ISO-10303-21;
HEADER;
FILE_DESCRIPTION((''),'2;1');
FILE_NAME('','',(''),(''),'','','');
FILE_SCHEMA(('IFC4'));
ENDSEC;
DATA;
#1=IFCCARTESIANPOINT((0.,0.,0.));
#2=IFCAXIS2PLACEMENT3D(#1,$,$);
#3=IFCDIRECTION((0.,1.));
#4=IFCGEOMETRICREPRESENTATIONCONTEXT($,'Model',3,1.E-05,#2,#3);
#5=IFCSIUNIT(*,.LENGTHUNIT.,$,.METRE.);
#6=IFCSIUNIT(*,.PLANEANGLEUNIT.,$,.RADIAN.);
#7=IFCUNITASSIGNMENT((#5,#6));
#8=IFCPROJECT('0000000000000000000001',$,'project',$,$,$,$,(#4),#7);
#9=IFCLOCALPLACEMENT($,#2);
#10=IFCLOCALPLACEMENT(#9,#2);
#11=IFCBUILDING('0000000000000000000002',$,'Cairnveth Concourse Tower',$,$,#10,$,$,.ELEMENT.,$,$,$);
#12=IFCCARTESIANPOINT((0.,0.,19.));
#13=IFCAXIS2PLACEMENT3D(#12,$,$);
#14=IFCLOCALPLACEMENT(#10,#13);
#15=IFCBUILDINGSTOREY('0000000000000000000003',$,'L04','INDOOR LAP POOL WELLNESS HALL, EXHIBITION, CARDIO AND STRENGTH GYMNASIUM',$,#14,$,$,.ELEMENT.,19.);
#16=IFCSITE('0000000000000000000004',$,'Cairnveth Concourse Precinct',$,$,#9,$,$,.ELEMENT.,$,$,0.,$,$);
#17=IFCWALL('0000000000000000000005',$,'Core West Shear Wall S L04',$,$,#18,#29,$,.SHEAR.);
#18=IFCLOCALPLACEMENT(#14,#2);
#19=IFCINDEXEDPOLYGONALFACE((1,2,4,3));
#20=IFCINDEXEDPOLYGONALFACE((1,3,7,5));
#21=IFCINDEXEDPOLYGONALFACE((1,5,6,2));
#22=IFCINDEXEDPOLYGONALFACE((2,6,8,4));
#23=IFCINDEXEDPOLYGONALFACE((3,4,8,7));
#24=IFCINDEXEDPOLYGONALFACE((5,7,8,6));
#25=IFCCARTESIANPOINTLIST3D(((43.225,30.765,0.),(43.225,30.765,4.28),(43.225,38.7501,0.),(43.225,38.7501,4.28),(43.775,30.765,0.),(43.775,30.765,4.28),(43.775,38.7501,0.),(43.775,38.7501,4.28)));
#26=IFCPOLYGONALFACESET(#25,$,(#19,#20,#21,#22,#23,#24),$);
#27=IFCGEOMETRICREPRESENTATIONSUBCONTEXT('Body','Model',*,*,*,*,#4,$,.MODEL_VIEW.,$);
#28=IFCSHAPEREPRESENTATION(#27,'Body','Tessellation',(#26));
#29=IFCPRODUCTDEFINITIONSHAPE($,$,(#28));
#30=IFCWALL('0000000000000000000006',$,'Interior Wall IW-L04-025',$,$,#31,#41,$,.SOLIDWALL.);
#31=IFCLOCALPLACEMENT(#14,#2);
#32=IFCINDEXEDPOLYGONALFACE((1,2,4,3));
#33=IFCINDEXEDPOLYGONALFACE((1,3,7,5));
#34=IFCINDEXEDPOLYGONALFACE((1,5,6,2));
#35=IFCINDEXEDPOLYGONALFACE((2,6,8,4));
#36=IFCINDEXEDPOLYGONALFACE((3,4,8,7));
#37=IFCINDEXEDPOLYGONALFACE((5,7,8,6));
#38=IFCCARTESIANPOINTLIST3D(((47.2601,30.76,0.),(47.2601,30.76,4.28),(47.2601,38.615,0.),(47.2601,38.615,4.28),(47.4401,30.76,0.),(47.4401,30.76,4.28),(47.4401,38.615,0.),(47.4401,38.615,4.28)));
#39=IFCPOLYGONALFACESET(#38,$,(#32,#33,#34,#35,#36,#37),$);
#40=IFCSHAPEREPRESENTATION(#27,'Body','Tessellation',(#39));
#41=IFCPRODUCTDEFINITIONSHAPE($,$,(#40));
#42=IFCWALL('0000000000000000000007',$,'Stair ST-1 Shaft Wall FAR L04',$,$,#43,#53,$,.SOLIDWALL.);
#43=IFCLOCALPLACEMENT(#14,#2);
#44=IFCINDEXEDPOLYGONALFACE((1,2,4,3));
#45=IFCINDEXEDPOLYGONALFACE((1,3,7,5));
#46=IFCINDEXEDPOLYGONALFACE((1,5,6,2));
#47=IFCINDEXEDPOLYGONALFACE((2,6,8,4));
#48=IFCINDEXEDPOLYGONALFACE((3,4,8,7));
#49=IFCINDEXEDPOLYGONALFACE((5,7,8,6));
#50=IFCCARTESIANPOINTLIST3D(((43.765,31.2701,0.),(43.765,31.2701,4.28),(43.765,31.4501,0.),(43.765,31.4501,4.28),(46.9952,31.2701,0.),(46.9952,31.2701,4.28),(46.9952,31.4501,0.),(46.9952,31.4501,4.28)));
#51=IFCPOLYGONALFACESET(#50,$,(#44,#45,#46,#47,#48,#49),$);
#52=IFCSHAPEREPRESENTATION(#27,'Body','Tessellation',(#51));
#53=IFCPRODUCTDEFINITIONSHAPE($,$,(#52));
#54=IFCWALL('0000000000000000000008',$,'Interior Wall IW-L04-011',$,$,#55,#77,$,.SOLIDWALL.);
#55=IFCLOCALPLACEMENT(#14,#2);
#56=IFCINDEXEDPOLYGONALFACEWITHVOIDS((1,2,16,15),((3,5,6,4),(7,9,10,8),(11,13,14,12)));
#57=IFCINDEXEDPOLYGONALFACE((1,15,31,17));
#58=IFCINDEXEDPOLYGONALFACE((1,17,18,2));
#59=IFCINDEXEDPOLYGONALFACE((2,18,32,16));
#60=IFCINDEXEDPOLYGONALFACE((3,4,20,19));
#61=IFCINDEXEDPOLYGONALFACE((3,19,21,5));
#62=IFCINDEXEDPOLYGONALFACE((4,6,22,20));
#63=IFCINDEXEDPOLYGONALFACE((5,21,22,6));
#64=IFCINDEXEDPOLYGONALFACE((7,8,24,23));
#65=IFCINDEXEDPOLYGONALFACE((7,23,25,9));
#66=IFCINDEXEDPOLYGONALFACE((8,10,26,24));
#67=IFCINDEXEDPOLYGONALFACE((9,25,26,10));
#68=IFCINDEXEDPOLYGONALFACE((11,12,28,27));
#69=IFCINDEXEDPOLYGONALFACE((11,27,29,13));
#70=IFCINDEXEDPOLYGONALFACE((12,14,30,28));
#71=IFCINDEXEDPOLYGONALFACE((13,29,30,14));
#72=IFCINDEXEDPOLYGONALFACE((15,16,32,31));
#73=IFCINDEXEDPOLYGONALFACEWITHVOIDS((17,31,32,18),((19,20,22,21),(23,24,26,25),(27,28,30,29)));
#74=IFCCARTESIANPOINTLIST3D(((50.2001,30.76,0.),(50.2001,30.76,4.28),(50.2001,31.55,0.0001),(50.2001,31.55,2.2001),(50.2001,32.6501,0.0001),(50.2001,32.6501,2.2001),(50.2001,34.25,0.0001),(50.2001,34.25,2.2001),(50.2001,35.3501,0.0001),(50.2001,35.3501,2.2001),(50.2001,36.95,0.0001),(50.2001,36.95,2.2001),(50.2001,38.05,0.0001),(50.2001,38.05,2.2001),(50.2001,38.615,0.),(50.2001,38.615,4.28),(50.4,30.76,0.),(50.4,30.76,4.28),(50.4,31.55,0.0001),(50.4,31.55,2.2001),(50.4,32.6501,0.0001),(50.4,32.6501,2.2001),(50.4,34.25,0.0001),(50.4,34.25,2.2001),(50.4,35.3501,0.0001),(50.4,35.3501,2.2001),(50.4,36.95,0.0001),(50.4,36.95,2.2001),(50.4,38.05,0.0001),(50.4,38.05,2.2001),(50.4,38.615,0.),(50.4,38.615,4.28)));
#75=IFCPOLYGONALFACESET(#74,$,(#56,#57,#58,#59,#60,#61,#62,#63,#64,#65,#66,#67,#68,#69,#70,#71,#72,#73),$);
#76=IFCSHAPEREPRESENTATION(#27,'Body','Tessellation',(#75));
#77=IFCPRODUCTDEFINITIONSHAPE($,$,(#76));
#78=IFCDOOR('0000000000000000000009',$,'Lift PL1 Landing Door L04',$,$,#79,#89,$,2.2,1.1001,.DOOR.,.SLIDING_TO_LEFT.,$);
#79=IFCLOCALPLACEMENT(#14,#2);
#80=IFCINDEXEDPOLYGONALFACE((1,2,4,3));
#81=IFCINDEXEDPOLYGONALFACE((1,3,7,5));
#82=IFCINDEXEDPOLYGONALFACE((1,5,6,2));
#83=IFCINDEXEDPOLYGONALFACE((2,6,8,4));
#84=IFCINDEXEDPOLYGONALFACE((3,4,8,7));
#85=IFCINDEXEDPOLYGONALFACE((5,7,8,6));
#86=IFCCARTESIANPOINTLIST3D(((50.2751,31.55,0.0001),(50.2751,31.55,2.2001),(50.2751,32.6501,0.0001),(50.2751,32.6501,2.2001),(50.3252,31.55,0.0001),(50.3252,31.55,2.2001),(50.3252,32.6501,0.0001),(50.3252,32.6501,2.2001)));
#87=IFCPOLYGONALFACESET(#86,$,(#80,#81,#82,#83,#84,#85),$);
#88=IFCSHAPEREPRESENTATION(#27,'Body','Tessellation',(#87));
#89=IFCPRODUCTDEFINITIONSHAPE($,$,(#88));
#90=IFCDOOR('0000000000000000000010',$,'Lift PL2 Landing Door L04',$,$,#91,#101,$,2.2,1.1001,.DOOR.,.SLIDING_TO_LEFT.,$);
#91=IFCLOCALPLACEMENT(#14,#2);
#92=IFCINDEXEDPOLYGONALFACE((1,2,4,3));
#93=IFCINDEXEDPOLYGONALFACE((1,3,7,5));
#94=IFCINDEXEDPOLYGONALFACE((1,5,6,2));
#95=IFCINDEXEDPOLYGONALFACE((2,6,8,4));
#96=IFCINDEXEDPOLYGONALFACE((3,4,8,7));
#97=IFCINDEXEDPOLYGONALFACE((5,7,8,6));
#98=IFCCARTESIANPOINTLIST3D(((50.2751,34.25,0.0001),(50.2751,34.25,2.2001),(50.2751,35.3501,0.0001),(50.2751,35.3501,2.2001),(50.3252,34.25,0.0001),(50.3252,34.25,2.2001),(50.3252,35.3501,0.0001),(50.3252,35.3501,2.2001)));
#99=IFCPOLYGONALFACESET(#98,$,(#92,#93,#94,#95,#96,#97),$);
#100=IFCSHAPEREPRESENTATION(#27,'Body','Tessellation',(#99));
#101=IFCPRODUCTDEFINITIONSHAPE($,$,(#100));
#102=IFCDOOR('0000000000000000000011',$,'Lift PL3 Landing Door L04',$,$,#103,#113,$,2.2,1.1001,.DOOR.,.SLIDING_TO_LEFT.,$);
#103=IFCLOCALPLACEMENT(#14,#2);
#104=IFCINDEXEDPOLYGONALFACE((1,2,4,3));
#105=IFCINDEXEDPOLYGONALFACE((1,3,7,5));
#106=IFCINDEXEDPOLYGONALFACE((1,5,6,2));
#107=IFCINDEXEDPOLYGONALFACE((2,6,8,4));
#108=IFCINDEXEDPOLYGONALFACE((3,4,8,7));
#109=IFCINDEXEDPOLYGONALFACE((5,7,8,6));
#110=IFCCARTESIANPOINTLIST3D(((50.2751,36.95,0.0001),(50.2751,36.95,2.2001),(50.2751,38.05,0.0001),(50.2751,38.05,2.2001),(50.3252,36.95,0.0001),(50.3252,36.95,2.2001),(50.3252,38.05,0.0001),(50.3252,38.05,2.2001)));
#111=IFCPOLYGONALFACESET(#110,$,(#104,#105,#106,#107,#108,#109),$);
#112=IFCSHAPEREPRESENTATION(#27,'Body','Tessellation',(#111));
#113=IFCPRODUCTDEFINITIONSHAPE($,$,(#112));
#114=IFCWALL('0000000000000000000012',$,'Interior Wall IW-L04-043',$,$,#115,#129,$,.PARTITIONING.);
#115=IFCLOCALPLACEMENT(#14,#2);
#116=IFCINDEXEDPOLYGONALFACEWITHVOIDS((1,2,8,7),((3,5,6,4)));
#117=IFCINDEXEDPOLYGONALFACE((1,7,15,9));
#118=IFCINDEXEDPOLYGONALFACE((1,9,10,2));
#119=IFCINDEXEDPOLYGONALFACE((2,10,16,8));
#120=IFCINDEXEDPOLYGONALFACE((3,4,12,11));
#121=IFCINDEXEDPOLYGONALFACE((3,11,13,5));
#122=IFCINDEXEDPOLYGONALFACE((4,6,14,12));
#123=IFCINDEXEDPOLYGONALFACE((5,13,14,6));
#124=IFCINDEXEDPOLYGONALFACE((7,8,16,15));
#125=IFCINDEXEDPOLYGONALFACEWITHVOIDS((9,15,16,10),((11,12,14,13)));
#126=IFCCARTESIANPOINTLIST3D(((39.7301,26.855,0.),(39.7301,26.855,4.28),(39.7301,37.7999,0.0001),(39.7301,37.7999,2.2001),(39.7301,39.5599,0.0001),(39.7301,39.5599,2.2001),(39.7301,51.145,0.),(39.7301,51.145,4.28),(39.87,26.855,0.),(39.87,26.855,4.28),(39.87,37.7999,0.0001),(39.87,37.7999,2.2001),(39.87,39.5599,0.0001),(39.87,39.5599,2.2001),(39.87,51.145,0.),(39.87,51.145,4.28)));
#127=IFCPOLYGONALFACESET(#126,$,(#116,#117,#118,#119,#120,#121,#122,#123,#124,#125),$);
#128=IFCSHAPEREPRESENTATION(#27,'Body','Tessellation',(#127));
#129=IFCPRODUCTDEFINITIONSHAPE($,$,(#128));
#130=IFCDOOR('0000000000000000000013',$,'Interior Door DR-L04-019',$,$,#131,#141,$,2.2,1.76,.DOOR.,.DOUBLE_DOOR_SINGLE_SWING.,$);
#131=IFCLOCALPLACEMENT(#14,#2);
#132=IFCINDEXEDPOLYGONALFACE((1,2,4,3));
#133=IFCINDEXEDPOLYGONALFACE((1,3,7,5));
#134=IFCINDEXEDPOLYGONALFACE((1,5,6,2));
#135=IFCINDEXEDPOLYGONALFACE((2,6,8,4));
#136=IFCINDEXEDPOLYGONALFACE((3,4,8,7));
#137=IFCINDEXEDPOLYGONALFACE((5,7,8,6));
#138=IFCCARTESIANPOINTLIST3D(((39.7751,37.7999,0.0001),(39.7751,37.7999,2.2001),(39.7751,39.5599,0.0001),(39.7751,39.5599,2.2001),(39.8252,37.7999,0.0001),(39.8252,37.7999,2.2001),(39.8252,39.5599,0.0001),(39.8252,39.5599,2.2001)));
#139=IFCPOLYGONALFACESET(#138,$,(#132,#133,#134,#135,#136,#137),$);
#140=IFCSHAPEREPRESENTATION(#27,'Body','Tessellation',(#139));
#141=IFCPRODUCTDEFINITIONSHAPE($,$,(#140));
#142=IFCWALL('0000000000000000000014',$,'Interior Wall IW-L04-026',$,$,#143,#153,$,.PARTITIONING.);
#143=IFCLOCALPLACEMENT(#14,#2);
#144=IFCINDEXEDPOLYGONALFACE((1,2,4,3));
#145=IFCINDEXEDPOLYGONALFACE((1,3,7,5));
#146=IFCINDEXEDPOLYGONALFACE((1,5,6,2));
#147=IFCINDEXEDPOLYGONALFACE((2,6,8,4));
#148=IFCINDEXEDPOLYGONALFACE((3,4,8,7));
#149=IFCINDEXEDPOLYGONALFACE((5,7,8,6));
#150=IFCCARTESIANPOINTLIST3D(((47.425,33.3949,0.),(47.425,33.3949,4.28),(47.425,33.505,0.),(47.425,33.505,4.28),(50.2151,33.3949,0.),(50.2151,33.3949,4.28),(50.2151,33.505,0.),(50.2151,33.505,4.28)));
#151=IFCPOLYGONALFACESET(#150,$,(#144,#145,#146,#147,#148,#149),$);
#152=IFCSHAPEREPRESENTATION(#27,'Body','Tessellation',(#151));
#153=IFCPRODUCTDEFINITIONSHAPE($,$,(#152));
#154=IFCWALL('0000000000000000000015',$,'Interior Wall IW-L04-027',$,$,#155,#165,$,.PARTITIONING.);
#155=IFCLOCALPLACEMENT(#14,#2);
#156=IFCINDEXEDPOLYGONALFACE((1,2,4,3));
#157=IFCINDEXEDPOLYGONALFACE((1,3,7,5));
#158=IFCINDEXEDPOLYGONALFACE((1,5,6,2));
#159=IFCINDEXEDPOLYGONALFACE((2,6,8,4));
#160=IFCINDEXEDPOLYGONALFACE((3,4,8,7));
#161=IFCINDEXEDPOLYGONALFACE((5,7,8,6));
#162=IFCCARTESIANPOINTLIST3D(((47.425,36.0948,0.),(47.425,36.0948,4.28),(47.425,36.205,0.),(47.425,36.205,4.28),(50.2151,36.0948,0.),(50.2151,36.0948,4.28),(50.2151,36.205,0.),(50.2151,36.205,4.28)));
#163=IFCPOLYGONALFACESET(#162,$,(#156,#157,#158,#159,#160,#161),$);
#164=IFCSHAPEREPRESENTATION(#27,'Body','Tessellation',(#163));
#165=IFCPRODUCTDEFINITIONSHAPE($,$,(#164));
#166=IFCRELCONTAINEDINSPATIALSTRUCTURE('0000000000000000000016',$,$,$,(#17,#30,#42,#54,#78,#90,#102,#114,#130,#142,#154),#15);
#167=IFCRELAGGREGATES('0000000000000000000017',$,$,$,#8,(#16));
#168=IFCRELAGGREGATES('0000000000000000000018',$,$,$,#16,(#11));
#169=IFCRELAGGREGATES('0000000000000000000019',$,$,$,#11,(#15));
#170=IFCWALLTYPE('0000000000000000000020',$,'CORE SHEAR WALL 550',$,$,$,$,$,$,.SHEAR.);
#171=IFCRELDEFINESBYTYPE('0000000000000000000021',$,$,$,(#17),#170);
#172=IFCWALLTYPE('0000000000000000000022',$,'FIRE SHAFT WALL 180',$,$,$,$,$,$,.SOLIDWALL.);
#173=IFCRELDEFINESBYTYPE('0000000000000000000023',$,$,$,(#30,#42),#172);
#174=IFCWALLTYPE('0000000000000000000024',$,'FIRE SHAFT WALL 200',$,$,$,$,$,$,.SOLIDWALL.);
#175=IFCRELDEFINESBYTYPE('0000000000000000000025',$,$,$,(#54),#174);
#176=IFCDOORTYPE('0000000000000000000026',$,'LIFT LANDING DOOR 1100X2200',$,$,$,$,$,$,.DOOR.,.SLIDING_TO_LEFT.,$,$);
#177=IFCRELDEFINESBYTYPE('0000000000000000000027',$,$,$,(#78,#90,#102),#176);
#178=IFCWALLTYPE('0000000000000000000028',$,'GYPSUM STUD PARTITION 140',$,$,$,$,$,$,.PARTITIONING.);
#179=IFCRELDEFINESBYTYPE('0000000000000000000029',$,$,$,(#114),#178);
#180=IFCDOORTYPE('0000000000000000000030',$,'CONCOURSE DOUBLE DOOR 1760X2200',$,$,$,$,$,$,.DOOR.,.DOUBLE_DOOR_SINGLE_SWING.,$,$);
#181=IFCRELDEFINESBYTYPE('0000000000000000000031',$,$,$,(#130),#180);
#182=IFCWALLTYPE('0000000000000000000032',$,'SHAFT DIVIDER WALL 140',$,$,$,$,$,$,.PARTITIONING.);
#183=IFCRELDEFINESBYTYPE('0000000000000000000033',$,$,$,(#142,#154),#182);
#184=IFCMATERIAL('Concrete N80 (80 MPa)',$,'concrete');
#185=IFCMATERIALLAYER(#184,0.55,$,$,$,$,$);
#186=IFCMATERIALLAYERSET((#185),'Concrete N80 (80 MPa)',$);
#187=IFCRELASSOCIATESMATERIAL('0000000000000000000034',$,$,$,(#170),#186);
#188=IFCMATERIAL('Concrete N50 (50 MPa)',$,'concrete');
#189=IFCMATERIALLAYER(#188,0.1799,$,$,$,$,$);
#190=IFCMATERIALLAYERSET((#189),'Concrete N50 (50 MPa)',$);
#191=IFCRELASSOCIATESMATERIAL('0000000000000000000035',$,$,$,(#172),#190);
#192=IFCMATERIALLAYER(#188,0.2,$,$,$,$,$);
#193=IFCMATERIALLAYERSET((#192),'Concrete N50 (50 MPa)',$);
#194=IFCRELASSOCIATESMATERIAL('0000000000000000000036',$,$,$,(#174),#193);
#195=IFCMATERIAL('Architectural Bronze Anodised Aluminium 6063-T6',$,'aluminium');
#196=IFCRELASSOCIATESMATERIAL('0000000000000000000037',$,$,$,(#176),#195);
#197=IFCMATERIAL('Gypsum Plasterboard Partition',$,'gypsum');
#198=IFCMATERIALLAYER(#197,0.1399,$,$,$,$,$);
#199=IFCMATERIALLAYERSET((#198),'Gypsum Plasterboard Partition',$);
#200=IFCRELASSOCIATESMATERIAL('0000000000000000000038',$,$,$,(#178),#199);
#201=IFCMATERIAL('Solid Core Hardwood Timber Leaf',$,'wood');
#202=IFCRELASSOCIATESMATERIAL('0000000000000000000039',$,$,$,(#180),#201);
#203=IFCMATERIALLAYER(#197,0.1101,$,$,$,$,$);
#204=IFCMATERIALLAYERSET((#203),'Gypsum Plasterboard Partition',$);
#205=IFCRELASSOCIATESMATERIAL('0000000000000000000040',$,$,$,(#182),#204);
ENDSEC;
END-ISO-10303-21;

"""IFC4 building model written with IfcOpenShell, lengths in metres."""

from ifc_helpers import new_model, si_unit, direction, frame, frame_2d, origin, place, context, subcontext, project, spatial, rectangle, extrude, material, layer, layer_set, type_object, element, fill, save


model = new_model("IFC4")

# Units and contexts
model_context = context("Model", 3, precision=1e-05, world=origin(), true_north=direction((0.0, 1.0)))
body_context = subcontext(model_context, "Body", "Model", "MODEL_VIEW")
ifc_project = project(units=[si_unit("LENGTHUNIT", "METRE"), si_unit("PLANEANGLEUNIT", "RADIAN")], contexts=[model_context])

# Site, building, storey
site_placement = place(None, origin())
site = spatial("IfcSite", under=ifc_project, at=site_placement, Name="Cairnveth Concourse Precinct", CompositionType="ELEMENT", RefElevation=0.0)
building_placement = place(site_placement, origin())
building = spatial("IfcBuilding", under=site, at=building_placement, Name="Cairnveth Concourse Tower", CompositionType="ELEMENT")
storey_placement = place(building_placement, frame((0.0, 0.0, 19.0)))
storey = spatial("IfcBuildingStorey", under=building, at=storey_placement, Name="L04", Description="INDOOR LAP POOL WELLNESS HALL, EXHIBITION, CARDIO AND STRENGTH GYMNASIUM", CompositionType="ELEMENT", Elevation=19.0)

# Shared definitions
ifc_material_1 = material(Name="Concrete N80 (80 MPa)", Category="concrete")

# Walls
ifc_layer_1 = layer(ifc_material_1, 0.55)
ifc_layer_set_1 = layer_set([ifc_layer_1], Name="Concrete N80 (80 MPa)")
wall_type_1 = type_object("IfcWallType", Name="CORE SHEAR WALL 550", PredefinedType="SHEAR", material=ifc_layer_set_1)
wall_1_placement = place(storey_placement, frame((43.5, 30.7649, 0.0), z_axis=(0.0, 0.0, 1.0), x_axis=(0.0, 1.0, 0.0)))
element("IfcWall", 1, at=wall_1_placement, inside=storey, type_object=wall_type_1, Name="Core West Shear Wall S L04", PredefinedType="SHEAR", context=body_context, shape_type="SweptSolid", body=[
    extrude(rectangle(XDim=7.9851, YDim=0.55, at=frame_2d((3.9927, 0.0))), origin(), (0.0, 0.0, 1.0), 4.28),
])
ifc_material_2 = material(Name="Concrete N50 (50 MPa)", Category="concrete")
ifc_layer_2 = layer(ifc_material_2, 0.1799)
ifc_layer_set_2 = layer_set([ifc_layer_2], Name="Concrete N50 (50 MPa)")
wall_type_2 = type_object("IfcWallType", Name="FIRE SHAFT WALL 180", PredefinedType="SOLIDWALL", material=ifc_layer_set_2)
wall_2_placement = place(storey_placement, frame((47.3501, 30.76, 0.0), z_axis=(0.0, 0.0, 1.0), x_axis=(0.0, 1.0, 0.0)))
element("IfcWall", 2, at=wall_2_placement, inside=storey, type_object=wall_type_2, Name="Interior Wall IW-L04-025", PredefinedType="SOLIDWALL", context=body_context, shape_type="SweptSolid", body=[
    extrude(rectangle(XDim=7.855, YDim=0.1799, at=frame_2d((3.9275, 0.0))), origin(), (0.0, 0.0, 1.0), 4.28),
])
wall_3_placement = place(storey_placement, frame((43.7649, 31.3601, 0.0), z_axis=(0.0, 0.0, 1.0), x_axis=(1.0, 0.0, 0.0)))
element("IfcWall", 3, at=wall_3_placement, inside=storey, type_object=wall_type_2, Name="Stair ST-1 Shaft Wall FAR L04", PredefinedType="SOLIDWALL", context=body_context, shape_type="SweptSolid", body=[
    extrude(rectangle(XDim=3.2302, YDim=0.1799, at=frame_2d((1.6152, 0.0))), origin(), (0.0, 0.0, 1.0), 4.28),
])

# Wall, openings, doors
ifc_layer_3 = layer(ifc_material_2, 0.2)
ifc_layer_set_3 = layer_set([ifc_layer_3], Name="Concrete N50 (50 MPa)")
wall_type_3 = type_object("IfcWallType", Name="FIRE SHAFT WALL 200", PredefinedType="SOLIDWALL", material=ifc_layer_set_3)
wall_4_placement = place(storey_placement, frame((50.3, 30.76, 0.0), z_axis=(0.0, 0.0, 1.0), x_axis=(0.0, 1.0, 0.0)))
wall_4 = element("IfcWall", 4, at=wall_4_placement, inside=storey, type_object=wall_type_3, Name="Interior Wall IW-L04-011", PredefinedType="SOLIDWALL", context=body_context, shape_type="SweptSolid", body=[
    extrude(rectangle(XDim=7.855, YDim=0.2, at=frame_2d((3.9275, 0.0))), origin(), (0.0, 0.0, 1.0), 4.28),
])
opening_1_placement = place(wall_4_placement, frame((0.79, 0.0, 0.0)))
opening_1 = element("IfcOpeningElement", 5, at=opening_1_placement, cuts=wall_4, PredefinedType="OPENING", context=body_context, shape_type="SweptSolid", body=[
    extrude(rectangle(XDim=1.1001, YDim=2.2, at=frame_2d((0.55, 1.1001))), frame((0.0, 0.1099, 0.0), z_axis=(0.0, -1.0, 0.0), x_axis=(1.0, 0.0, 0.0)), (0.0, 0.0, 1.0), 0.22),
])
opening_2_placement = place(wall_4_placement, frame((3.49, 0.0, 0.0)))
opening_2 = element("IfcOpeningElement", 6, at=opening_2_placement, cuts=wall_4, PredefinedType="OPENING", context=body_context, shape_type="SweptSolid", body=[
    extrude(rectangle(XDim=1.1001, YDim=2.2, at=frame_2d((0.55, 1.1001))), frame((0.0, 0.1099, 0.0), z_axis=(0.0, -1.0, 0.0), x_axis=(1.0, 0.0, 0.0)), (0.0, 0.0, 1.0), 0.22),
])
opening_3_placement = place(wall_4_placement, frame((6.1899, 0.0, 0.0)))
opening_3 = element("IfcOpeningElement", 7, at=opening_3_placement, cuts=wall_4, PredefinedType="OPENING", context=body_context, shape_type="SweptSolid", body=[
    extrude(rectangle(XDim=1.1001, YDim=2.2, at=frame_2d((0.55, 1.1001))), frame((0.0, 0.1099, 0.0), z_axis=(0.0, -1.0, 0.0), x_axis=(1.0, 0.0, 0.0)), (0.0, 0.0, 1.0), 0.22),
])
ifc_material_3 = material(Name="Architectural Bronze Anodised Aluminium 6063-T6", Category="aluminium")
door_type_1 = type_object("IfcDoorType", Name="LIFT LANDING DOOR 1100X2200", OperationType="SLIDING_TO_LEFT", PredefinedType="DOOR", material=ifc_material_3)
door_1_placement = place(opening_1_placement, origin())
door_1 = element("IfcDoor", 8, at=door_1_placement, inside=storey, type_object=door_type_1, Name="Lift PL1 Landing Door L04", OperationType="SLIDING_TO_LEFT", OverallHeight=2.2, OverallWidth=1.1001, PredefinedType="DOOR", context=body_context, shape_type="SweptSolid", body=[
    extrude(rectangle(XDim=1.1001, YDim=2.2, at=frame_2d((0.55, 1.1001))), frame((0.0, 0.0249, 0.0), z_axis=(0.0, -1.0, 0.0), x_axis=(1.0, 0.0, 0.0)), (0.0, 0.0, 1.0), 0.05),
])
fill(opening_1, door_1)
door_2_placement = place(opening_2_placement, origin())
door_2 = element("IfcDoor", 9, at=door_2_placement, inside=storey, type_object=door_type_1, Name="Lift PL2 Landing Door L04", OperationType="SLIDING_TO_LEFT", OverallHeight=2.2, OverallWidth=1.1001, PredefinedType="DOOR", context=body_context, shape_type="SweptSolid", body=[
    extrude(rectangle(XDim=1.1001, YDim=2.2, at=frame_2d((0.55, 1.1001))), frame((0.0, 0.0249, 0.0), z_axis=(0.0, -1.0, 0.0), x_axis=(1.0, 0.0, 0.0)), (0.0, 0.0, 1.0), 0.05),
])
fill(opening_2, door_2)
door_3_placement = place(opening_3_placement, origin())
door_3 = element("IfcDoor", 10, at=door_3_placement, inside=storey, type_object=door_type_1, Name="Lift PL3 Landing Door L04", OperationType="SLIDING_TO_LEFT", OverallHeight=2.2, OverallWidth=1.1001, PredefinedType="DOOR", context=body_context, shape_type="SweptSolid", body=[
    extrude(rectangle(XDim=1.1001, YDim=2.2, at=frame_2d((0.55, 1.1001))), frame((0.0, 0.0249, 0.0), z_axis=(0.0, -1.0, 0.0), x_axis=(1.0, 0.0, 0.0)), (0.0, 0.0, 1.0), 0.05),
])
fill(opening_3, door_3)

# Wall, opening, door
ifc_material_4 = material(Name="Gypsum Plasterboard Partition", Category="gypsum")
ifc_layer_4 = layer(ifc_material_4, 0.1399)
ifc_layer_set_4 = layer_set([ifc_layer_4], Name="Gypsum Plasterboard Partition")
wall_type_4 = type_object("IfcWallType", Name="GYPSUM STUD PARTITION 140", PredefinedType="PARTITIONING", material=ifc_layer_set_4)
wall_5_placement = place(storey_placement, frame((39.8, 26.855, 0.0), z_axis=(0.0, 0.0, 1.0), x_axis=(0.0, 1.0, 0.0)))
wall_5 = element("IfcWall", 11, at=wall_5_placement, inside=storey, type_object=wall_type_4, Name="Interior Wall IW-L04-043", PredefinedType="PARTITIONING", context=body_context, shape_type="SweptSolid", body=[
    extrude(rectangle(XDim=24.29, YDim=0.1399, at=frame_2d((12.145, 0.0))), origin(), (0.0, 0.0, 1.0), 4.28),
])
opening_4_placement = place(wall_5_placement, frame((10.9451, 0.0, 0.0)))
opening_4 = element("IfcOpeningElement", 12, at=opening_4_placement, cuts=wall_5, PredefinedType="OPENING", context=body_context, shape_type="SweptSolid", body=[
    extrude(rectangle(XDim=1.76, YDim=2.2, at=frame_2d((0.8799, 1.1001))), frame((0.0, 0.0798, 0.0), z_axis=(0.0, -1.0, 0.0), x_axis=(1.0, 0.0, 0.0)), (0.0, 0.0, 1.0), 0.1599),
])
ifc_material_5 = material(Name="Solid Core Hardwood Timber Leaf", Category="wood")
door_type_2 = type_object("IfcDoorType", Name="CONCOURSE DOUBLE DOOR 1760X2200", OperationType="DOUBLE_DOOR_SINGLE_SWING", PredefinedType="DOOR", material=ifc_material_5)
door_4_placement = place(opening_4_placement, origin())
door_4 = element("IfcDoor", 13, at=door_4_placement, inside=storey, type_object=door_type_2, Name="Interior Door DR-L04-019", OperationType="DOUBLE_DOOR_SINGLE_SWING", OverallHeight=2.2, OverallWidth=1.76, PredefinedType="DOOR", context=body_context, shape_type="SweptSolid", body=[
    extrude(rectangle(XDim=1.76, YDim=2.2, at=frame_2d((0.8799, 1.1001))), frame((0.0, 0.0249, 0.0), z_axis=(0.0, -1.0, 0.0), x_axis=(1.0, 0.0, 0.0)), (0.0, 0.0, 1.0), 0.05),
])
fill(opening_4, door_4)

# Walls
ifc_layer_5 = layer(ifc_material_4, 0.1101)
ifc_layer_set_5 = layer_set([ifc_layer_5], Name="Gypsum Plasterboard Partition")
wall_type_5 = type_object("IfcWallType", Name="SHAFT DIVIDER WALL 140", PredefinedType="PARTITIONING", material=ifc_layer_set_5)
for number, where, z_axis, x_axis, name in (
    (14, (47.425, 33.45, 0.0), (0.0, 0.0, 1.0), (1.0, 0.0, 0.0), "Interior Wall IW-L04-026"),
    (15, (47.425, 36.1499, 0.0), (0.0, 0.0, 1.0), (1.0, 0.0, 0.0), "Interior Wall IW-L04-027"),
):
    element("IfcWall", number, at=place(storey_placement, frame(where, z_axis=z_axis, x_axis=x_axis)), inside=storey, type_object=wall_type_5, Name=name, PredefinedType="PARTITIONING", context=body_context, shape_type="SweptSolid", body=[
        extrude(rectangle(XDim=2.79, YDim=0.1101, at=frame_2d((1.395, 0.0))), origin(), (0.0, 0.0, 1.0), 4.28),
    ])

save(model, "model.ifc")
